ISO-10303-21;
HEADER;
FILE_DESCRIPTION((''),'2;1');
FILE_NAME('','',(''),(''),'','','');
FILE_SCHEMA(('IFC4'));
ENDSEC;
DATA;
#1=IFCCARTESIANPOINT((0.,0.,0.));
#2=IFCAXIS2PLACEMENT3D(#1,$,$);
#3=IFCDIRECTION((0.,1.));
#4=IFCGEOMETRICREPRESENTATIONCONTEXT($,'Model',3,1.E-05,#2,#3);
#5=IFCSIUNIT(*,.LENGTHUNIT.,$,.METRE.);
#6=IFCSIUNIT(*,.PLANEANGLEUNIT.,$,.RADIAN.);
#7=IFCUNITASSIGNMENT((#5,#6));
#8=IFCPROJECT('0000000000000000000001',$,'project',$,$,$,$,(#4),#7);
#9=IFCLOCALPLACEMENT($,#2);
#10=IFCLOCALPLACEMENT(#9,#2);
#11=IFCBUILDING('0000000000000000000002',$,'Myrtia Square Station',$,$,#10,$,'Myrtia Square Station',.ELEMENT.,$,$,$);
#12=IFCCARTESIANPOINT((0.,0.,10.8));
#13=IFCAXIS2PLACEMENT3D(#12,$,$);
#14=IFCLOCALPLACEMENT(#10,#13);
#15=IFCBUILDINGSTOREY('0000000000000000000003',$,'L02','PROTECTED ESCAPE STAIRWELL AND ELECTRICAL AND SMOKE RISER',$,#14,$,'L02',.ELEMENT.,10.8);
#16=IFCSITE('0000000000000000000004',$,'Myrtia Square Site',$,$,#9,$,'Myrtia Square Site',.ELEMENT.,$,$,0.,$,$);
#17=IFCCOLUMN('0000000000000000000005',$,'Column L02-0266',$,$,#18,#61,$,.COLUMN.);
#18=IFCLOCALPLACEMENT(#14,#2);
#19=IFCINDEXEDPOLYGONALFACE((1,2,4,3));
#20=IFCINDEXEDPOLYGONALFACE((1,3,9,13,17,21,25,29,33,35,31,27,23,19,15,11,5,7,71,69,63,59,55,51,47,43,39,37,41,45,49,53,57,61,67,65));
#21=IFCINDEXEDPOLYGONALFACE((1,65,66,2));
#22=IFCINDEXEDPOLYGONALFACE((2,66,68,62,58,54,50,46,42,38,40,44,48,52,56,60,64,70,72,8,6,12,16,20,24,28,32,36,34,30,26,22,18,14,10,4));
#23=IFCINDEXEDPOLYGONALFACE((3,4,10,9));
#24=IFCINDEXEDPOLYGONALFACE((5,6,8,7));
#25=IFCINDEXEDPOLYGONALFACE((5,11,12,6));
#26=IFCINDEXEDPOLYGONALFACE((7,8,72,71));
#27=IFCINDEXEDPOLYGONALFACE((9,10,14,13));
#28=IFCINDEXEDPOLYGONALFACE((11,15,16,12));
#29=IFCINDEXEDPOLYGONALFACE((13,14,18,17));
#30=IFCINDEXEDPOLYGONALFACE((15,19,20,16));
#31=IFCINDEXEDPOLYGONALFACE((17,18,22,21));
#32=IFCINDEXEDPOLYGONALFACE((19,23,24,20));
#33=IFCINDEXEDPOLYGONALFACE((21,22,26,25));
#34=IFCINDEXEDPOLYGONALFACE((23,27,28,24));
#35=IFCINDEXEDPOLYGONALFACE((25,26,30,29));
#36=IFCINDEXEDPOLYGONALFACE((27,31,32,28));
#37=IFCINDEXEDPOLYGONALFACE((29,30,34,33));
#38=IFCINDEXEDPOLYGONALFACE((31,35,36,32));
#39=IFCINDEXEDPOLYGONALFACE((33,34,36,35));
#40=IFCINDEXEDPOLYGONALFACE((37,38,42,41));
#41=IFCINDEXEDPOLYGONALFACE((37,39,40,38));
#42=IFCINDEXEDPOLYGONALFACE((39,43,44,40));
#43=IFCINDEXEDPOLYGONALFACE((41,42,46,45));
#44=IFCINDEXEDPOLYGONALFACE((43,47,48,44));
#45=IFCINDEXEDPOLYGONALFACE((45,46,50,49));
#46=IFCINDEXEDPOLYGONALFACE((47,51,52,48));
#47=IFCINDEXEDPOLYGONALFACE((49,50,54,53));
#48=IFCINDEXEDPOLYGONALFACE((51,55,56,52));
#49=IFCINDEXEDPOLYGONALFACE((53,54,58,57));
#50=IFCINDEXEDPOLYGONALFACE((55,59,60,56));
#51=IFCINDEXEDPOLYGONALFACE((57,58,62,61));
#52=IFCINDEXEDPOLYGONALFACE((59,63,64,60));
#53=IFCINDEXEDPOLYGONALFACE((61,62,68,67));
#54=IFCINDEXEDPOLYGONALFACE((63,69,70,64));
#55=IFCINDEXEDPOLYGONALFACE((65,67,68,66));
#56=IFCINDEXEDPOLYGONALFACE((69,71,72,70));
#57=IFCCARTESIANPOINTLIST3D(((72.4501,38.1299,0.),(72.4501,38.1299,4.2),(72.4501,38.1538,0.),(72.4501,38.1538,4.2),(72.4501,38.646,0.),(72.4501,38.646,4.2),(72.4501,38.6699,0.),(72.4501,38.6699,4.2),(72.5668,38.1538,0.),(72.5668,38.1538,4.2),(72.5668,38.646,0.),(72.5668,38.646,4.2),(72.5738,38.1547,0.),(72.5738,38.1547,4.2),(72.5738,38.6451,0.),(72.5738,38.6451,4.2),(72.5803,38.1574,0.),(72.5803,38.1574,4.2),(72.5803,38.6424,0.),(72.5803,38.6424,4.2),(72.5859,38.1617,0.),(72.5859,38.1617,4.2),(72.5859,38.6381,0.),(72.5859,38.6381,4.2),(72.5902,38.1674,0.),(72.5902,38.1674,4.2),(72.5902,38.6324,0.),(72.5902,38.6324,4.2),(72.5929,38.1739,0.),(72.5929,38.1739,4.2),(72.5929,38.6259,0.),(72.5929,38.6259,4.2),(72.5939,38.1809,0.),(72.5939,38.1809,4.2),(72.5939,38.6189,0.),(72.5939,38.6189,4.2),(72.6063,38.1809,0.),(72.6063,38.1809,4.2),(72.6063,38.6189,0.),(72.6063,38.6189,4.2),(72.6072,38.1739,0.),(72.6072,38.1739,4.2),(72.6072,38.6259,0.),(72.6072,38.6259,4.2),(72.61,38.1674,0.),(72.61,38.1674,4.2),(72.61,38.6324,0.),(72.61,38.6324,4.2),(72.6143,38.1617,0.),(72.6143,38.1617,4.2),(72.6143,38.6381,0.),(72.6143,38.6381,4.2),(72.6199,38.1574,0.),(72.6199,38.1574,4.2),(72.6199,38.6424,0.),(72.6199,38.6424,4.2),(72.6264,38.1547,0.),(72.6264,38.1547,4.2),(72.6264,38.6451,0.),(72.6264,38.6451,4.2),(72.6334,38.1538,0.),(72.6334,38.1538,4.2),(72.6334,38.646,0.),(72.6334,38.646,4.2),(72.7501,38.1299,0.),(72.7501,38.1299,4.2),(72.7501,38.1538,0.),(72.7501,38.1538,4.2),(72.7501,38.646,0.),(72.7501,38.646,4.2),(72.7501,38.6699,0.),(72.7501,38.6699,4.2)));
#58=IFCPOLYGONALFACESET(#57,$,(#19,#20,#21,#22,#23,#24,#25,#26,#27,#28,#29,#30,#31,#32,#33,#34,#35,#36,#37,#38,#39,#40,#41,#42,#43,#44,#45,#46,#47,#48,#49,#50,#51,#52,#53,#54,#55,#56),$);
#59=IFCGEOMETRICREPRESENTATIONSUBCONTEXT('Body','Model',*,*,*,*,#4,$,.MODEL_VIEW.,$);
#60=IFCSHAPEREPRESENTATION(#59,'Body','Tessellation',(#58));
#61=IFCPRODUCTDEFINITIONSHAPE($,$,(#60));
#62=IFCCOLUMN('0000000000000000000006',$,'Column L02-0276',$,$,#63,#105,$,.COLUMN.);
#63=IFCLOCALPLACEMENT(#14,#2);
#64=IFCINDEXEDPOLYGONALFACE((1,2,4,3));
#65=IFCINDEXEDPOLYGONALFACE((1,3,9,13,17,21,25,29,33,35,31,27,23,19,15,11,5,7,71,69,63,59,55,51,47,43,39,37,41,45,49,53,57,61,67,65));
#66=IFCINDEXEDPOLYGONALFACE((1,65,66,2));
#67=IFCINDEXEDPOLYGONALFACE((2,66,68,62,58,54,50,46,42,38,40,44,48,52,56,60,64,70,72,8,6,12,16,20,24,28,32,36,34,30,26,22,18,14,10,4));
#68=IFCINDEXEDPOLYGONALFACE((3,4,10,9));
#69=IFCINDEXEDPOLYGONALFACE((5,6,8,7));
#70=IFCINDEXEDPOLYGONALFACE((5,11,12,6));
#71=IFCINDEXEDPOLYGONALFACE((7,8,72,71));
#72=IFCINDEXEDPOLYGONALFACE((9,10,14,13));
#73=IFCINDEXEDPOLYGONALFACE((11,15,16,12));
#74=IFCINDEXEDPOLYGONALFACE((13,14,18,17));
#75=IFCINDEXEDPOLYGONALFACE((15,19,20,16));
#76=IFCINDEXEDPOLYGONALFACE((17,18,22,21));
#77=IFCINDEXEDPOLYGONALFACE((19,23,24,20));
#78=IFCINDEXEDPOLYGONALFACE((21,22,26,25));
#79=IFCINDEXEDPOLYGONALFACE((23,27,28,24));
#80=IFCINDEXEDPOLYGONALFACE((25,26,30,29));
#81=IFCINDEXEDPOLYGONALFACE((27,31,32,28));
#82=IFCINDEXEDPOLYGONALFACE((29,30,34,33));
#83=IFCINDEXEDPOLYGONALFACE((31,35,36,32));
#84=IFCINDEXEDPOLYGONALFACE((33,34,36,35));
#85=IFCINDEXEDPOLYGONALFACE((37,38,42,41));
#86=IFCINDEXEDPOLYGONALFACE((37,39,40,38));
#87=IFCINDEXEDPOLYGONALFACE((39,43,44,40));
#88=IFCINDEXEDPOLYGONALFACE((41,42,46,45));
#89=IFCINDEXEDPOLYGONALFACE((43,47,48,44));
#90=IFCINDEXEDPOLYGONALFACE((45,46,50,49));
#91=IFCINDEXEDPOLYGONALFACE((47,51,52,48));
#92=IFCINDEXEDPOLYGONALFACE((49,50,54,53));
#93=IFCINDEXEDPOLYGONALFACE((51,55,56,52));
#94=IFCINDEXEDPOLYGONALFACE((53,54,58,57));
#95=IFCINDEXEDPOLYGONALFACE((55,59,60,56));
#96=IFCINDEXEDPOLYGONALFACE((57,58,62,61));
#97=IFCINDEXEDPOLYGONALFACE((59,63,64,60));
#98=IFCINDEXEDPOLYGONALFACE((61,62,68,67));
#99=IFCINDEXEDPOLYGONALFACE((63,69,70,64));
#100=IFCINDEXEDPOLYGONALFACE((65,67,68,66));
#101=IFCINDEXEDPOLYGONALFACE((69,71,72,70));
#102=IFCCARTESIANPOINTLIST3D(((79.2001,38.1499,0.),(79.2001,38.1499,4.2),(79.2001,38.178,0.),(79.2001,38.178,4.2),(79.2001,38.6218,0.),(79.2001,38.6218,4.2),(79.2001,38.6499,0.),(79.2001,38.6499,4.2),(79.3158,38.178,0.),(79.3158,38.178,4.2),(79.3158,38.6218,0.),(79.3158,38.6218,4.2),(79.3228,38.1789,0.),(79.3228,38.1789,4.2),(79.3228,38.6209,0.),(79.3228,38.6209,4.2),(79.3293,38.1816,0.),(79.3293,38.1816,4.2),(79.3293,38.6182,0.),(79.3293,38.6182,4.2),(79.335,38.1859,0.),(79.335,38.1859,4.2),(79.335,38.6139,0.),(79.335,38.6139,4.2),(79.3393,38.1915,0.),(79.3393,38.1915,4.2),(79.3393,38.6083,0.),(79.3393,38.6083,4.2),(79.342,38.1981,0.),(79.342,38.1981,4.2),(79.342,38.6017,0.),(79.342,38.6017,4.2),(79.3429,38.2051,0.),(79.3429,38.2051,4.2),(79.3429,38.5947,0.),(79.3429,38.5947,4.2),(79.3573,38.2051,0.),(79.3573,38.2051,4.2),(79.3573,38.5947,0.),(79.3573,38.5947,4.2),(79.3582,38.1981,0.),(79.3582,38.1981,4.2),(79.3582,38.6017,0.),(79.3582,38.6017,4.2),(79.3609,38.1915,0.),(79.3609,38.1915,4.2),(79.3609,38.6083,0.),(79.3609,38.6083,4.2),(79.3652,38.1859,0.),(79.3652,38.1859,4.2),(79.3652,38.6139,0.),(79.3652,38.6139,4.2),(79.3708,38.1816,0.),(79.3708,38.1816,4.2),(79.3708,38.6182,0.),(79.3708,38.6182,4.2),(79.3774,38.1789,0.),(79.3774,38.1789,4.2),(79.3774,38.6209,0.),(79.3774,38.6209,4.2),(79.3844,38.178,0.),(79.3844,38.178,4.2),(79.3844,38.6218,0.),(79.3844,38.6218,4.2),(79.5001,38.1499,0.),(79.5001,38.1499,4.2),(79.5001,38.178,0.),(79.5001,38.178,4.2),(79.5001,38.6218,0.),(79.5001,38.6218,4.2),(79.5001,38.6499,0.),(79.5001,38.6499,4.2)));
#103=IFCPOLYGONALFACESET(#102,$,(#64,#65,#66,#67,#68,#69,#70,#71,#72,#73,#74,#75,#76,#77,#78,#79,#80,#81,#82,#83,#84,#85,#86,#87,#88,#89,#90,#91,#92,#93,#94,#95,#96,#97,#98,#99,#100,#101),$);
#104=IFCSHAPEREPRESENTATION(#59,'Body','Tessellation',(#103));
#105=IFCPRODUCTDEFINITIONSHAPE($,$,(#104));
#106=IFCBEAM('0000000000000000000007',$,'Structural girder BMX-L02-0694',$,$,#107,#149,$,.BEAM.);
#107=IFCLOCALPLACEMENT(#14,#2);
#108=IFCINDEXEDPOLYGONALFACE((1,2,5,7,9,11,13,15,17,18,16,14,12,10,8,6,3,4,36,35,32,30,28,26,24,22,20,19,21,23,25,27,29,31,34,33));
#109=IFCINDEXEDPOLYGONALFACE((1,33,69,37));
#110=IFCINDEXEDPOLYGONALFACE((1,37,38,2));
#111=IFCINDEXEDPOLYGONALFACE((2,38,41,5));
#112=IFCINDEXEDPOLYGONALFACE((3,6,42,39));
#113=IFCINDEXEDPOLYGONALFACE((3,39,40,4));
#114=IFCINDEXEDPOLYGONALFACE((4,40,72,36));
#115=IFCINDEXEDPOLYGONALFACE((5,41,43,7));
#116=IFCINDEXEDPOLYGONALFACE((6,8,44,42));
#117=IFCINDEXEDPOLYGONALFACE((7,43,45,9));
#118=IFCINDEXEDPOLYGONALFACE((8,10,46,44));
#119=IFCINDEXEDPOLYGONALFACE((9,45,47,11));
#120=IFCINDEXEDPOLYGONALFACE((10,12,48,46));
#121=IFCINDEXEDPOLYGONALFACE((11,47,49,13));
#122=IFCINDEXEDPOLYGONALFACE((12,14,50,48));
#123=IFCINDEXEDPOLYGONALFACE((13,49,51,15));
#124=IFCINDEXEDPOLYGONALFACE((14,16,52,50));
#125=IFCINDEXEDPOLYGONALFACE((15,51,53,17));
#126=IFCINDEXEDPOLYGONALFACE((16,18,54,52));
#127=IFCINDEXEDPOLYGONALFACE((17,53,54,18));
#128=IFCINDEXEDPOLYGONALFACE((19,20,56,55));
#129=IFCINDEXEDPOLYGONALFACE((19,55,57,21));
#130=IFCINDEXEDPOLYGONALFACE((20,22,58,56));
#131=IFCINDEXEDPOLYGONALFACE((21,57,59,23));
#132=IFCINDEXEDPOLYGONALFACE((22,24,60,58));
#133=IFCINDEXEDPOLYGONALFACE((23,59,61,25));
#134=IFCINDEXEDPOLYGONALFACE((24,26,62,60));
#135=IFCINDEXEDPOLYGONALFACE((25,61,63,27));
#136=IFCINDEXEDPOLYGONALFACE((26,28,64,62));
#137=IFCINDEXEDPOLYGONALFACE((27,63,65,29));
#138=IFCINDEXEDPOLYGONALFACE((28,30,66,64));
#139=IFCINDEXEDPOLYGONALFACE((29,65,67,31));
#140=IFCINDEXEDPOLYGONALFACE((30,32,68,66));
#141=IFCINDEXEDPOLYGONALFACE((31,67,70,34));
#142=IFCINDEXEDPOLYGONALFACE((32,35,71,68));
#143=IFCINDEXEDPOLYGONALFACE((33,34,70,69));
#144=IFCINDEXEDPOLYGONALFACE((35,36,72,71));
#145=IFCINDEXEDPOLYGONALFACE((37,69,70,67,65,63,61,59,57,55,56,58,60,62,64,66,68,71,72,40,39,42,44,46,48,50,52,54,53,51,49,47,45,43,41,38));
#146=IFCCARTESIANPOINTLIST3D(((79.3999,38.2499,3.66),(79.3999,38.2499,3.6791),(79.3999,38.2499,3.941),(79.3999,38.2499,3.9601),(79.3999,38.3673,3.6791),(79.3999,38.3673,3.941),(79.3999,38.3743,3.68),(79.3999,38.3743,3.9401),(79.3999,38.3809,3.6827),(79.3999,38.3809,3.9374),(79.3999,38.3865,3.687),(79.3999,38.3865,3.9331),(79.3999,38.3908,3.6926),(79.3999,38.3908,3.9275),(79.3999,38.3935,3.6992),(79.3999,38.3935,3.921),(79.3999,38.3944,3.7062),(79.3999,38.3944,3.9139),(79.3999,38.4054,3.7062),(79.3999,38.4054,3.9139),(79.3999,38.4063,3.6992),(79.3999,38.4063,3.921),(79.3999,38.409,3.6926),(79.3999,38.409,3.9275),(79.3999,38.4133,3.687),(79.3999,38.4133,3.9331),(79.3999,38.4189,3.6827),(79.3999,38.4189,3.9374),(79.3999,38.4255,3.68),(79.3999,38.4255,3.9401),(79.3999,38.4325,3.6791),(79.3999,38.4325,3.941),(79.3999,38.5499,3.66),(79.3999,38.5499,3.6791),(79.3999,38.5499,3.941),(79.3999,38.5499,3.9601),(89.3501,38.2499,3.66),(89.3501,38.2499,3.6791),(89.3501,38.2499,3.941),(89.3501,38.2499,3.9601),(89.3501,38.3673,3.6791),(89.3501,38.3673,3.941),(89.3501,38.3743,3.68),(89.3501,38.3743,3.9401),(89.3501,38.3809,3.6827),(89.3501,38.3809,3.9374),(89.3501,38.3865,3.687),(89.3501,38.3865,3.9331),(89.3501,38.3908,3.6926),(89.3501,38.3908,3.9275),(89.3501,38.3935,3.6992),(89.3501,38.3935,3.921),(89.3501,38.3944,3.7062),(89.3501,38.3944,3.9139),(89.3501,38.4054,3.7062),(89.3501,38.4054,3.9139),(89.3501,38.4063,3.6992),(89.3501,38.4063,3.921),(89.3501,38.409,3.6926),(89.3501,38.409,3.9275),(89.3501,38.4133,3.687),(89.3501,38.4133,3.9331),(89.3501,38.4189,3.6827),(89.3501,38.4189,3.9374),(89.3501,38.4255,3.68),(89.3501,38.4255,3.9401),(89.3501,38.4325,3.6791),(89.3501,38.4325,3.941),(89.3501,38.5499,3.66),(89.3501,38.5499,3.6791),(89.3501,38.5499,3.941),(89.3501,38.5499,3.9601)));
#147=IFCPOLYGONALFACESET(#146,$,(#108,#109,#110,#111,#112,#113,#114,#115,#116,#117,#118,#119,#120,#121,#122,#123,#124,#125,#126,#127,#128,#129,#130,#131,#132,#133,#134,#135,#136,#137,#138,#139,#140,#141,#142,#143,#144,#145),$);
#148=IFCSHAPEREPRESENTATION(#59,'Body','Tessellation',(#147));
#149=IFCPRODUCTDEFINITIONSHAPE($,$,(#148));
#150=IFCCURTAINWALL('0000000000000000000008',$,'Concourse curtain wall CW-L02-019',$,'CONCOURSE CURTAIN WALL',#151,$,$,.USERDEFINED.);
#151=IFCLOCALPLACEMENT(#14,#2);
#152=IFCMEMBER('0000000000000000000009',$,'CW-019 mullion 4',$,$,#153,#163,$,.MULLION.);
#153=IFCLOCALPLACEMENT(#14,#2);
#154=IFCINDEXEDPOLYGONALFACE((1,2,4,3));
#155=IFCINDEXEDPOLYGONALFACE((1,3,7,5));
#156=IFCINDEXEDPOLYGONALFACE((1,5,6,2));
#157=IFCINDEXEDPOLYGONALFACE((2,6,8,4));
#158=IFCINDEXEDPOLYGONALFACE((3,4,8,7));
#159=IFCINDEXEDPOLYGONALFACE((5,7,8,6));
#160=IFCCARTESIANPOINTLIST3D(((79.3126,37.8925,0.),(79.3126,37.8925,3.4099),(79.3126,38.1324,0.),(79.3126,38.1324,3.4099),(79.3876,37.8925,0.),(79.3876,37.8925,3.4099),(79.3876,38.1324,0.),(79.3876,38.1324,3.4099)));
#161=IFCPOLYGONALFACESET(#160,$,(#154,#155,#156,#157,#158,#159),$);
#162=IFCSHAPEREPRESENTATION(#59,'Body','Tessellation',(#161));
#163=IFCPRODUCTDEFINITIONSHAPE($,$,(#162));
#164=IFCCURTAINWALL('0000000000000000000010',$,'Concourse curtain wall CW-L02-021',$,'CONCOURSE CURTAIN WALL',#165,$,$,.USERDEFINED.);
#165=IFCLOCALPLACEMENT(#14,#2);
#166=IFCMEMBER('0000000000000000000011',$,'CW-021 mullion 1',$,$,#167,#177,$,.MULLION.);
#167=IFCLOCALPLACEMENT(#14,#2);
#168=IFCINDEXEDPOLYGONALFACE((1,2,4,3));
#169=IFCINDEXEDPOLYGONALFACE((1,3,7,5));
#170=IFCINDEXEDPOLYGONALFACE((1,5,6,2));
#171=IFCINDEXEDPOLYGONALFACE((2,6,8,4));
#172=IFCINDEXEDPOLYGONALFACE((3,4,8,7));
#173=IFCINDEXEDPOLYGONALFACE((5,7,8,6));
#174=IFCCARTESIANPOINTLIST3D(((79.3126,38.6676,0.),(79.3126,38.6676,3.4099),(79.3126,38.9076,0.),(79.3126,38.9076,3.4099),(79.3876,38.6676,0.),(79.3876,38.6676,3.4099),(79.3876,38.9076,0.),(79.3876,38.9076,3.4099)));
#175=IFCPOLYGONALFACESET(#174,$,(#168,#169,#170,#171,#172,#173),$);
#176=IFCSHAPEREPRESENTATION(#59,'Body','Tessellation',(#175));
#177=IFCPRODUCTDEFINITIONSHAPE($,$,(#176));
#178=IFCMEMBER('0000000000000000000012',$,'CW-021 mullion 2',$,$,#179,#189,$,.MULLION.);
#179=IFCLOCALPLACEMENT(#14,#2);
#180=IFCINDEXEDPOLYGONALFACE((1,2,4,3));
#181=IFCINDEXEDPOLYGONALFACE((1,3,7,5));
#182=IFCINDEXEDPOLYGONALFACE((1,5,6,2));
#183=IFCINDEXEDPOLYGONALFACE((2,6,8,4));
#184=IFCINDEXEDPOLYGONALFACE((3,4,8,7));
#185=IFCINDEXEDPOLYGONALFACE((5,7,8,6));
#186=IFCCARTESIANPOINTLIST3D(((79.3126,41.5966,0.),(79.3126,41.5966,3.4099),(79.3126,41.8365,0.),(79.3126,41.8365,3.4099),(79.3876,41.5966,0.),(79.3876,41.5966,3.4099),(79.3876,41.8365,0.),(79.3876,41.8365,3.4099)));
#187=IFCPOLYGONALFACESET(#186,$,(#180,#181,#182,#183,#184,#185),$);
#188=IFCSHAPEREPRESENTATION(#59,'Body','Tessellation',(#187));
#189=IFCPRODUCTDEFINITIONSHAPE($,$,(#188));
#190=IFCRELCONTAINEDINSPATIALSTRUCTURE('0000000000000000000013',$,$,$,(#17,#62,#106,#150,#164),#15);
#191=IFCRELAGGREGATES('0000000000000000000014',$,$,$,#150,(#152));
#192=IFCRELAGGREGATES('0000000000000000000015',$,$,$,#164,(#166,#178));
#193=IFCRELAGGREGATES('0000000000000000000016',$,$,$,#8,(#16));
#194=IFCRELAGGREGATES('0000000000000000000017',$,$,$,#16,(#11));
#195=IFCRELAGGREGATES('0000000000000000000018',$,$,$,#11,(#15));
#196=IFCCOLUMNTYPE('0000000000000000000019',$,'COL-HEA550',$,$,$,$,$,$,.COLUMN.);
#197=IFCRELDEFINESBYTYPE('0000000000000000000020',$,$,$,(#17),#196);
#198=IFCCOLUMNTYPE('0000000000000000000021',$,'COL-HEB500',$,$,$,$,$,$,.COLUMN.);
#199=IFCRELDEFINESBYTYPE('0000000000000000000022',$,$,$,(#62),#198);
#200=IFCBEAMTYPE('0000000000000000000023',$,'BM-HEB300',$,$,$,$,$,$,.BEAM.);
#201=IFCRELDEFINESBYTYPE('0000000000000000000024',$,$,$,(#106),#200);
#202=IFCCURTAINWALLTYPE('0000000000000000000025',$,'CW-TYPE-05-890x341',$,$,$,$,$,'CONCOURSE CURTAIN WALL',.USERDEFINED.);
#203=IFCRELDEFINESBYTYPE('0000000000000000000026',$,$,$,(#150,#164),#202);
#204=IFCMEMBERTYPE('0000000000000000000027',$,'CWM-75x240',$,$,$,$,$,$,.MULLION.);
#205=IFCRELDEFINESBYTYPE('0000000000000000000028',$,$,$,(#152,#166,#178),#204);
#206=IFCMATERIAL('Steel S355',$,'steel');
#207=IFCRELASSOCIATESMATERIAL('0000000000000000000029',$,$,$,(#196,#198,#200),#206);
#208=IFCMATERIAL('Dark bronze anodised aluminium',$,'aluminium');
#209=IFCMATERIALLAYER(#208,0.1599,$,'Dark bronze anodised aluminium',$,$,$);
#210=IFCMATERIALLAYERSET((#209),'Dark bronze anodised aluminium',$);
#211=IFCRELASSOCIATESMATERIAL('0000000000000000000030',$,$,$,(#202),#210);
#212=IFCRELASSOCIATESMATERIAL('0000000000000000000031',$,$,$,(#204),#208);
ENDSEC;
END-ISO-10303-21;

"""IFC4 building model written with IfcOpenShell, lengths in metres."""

from ifc_helpers import new_model, si_unit, direction, frame, origin, origin_2d, place, context, subcontext, project, spatial, rectangle, i_section, extrude, material, layer, layer_set, material_profile, profile_set, type_object, element, aggregate, save


model = new_model("IFC4")

# Units and contexts
model_context = context("Model", 3, precision=1e-05, world=origin(), true_north=direction((0.0, 1.0)))
body_context = subcontext(model_context, "Body", "Model", "MODEL_VIEW")
ifc_project = project(units=[si_unit("LENGTHUNIT", "METRE"), si_unit("PLANEANGLEUNIT", "RADIAN")], contexts=[model_context])

# Site, building, storey
site_placement = place(None, origin())
site = spatial("IfcSite", under=ifc_project, at=site_placement, Name="Myrtia Square Site", LongName="Myrtia Square Site", CompositionType="ELEMENT", RefElevation=0.0)
building_placement = place(site_placement, origin())
building = spatial("IfcBuilding", under=site, at=building_placement, Name="Myrtia Square Station", LongName="Myrtia Square Station", CompositionType="ELEMENT")
storey_placement = place(building_placement, frame((0.0, 0.0, 10.8)))
storey = spatial("IfcBuildingStorey", under=building, at=storey_placement, Name="L02", Description="PROTECTED ESCAPE STAIRWELL AND ELECTRICAL AND SMOKE RISER", LongName="L02", CompositionType="ELEMENT", Elevation=10.8)

# Columns
ifc_material_1 = material(Name="Steel S355", Category="steel")
ifc_material_profile_1 = material_profile(ifc_material_1, i_section(OverallWidth=0.3, OverallDepth=0.54, WebThickness=0.0125, FlangeThickness=0.0239, FilletRadius=0.0271, at=origin_2d()), Name="HEA 550")
ifc_profile_set_1 = profile_set([ifc_material_profile_1], Name="Steel S355")
column_type_1 = type_object("IfcColumnType", Name="COL-HEA550", PredefinedType="COLUMN", material=ifc_profile_set_1)
column_1_placement = place(storey_placement, frame((72.6001, 38.3999, 0.0), z_axis=(0.0, 0.0, 1.0), x_axis=(1.0, 0.0, 0.0)))
element("IfcColumn", 1, at=column_1_placement, inside=storey, type_object=column_type_1, Name="Column L02-0266", PredefinedType="COLUMN", context=body_context, shape_type="SweptSolid", body=[
    extrude(i_section(OverallWidth=0.3, OverallDepth=0.54, WebThickness=0.0125, FlangeThickness=0.0239, FilletRadius=0.0271, at=origin_2d()), origin(), (0.0, 0.0, 1.0), 4.2),
])
ifc_material_profile_2 = material_profile(ifc_material_1, i_section(OverallWidth=0.3, OverallDepth=0.5, WebThickness=0.0144, FlangeThickness=0.0281, FilletRadius=0.0271, at=origin_2d()), Name="HEB 500")
ifc_profile_set_2 = profile_set([ifc_material_profile_2], Name="Steel S355")
column_type_2 = type_object("IfcColumnType", Name="COL-HEB500", PredefinedType="COLUMN", material=ifc_profile_set_2)
column_2_placement = place(storey_placement, frame((79.3501, 38.3999, 0.0), z_axis=(0.0, 0.0, 1.0), x_axis=(1.0, 0.0, 0.0)))
element("IfcColumn", 2, at=column_2_placement, inside=storey, type_object=column_type_2, Name="Column L02-0276", PredefinedType="COLUMN", context=body_context, shape_type="SweptSolid", body=[
    extrude(i_section(OverallWidth=0.3, OverallDepth=0.5, WebThickness=0.0144, FlangeThickness=0.0281, FilletRadius=0.0271, at=origin_2d()), origin(), (0.0, 0.0, 1.0), 4.2),
])

# Beam
ifc_material_profile_3 = material_profile(ifc_material_1, i_section(OverallWidth=0.3, OverallDepth=0.3, WebThickness=0.011, FlangeThickness=0.019, FilletRadius=0.0271, at=origin_2d()), Name="HEB 300")
ifc_profile_set_3 = profile_set([ifc_material_profile_3], Name="Steel S355")
beam_type = type_object("IfcBeamType", Name="BM-HEB300", PredefinedType="BEAM", material=ifc_profile_set_3)
beam_placement = place(storey_placement, frame((79.3999, 38.3999, 3.8101), z_axis=(1.0, 0.0, 0.0), x_axis=(0.0, 1.0, 0.0)))
element("IfcBeam", 3, at=beam_placement, inside=storey, type_object=beam_type, Name="Structural girder BMX-L02-0694", PredefinedType="BEAM", context=body_context, shape_type="SweptSolid", body=[
    extrude(i_section(OverallWidth=0.3, OverallDepth=0.3, WebThickness=0.011, FlangeThickness=0.019, FilletRadius=0.0271, at=origin_2d()), origin(), (0.0, 0.0, 1.0), 9.9502),
])

# Curtain wall, member
ifc_material_2 = material(Name="Dark bronze anodised aluminium", Category="aluminium")
ifc_layer_1 = layer(ifc_material_2, 0.1599, Name="Dark bronze anodised aluminium")
ifc_layer_set_1 = layer_set([ifc_layer_1], Name="Dark bronze anodised aluminium")
curtain_wall_type = type_object("IfcCurtainWallType", Name="CW-TYPE-05-890x341", ElementType="CONCOURSE CURTAIN WALL", PredefinedType="USERDEFINED", material=ifc_layer_set_1)
curtain_wall_1_placement = place(storey_placement, origin())
curtain_wall_1 = element("IfcCurtainWall", 4, at=curtain_wall_1_placement, inside=storey, type_object=curtain_wall_type, Name="Concourse curtain wall CW-L02-019", ObjectType="CONCOURSE CURTAIN WALL", PredefinedType="USERDEFINED")
ifc_material_profile_4 = material_profile(ifc_material_2, rectangle(XDim=0.075, YDim=0.24, at=origin_2d()), Name="ALU-M 75x240")
ifc_profile_set_4 = profile_set([ifc_material_profile_4], Name="Dark bronze anodised aluminium")
member_type_1 = type_object("IfcMemberType", Name="CWM-75x240", PredefinedType="MULLION", material=ifc_profile_set_4)
member_1_placement = place(storey_placement, frame((79.3501, 38.0125, 0.0), z_axis=(0.0, 0.0, 1.0), x_axis=(-1.0, 0.0, 0.0)))
member_1 = element("IfcMember", 5, at=member_1_placement, type_object=member_type_1, Name="CW-019 mullion 4", PredefinedType="MULLION", context=body_context, shape_type="SweptSolid", body=[
    extrude(rectangle(XDim=0.075, YDim=0.24, at=origin_2d()), origin(), (0.0, 0.0, 1.0), 3.4099),
])
aggregate(curtain_wall_1, [member_1])

# Curtain wall, members
curtain_wall_2_placement = place(storey_placement, origin())
curtain_wall_2 = element("IfcCurtainWall", 6, at=curtain_wall_2_placement, inside=storey, type_object=curtain_wall_type, Name="Concourse curtain wall CW-L02-021", ObjectType="CONCOURSE CURTAIN WALL", PredefinedType="USERDEFINED")
member_2_placement = place(storey_placement, frame((79.3501, 38.7876, 0.0), z_axis=(0.0, 0.0, 1.0), x_axis=(-1.0, 0.0, 0.0)))
member_2 = element("IfcMember", 7, at=member_2_placement, type_object=member_type_1, Name="CW-021 mullion 1", PredefinedType="MULLION", context=body_context, shape_type="SweptSolid", body=[
    extrude(rectangle(XDim=0.075, YDim=0.24, at=origin_2d()), origin(), (0.0, 0.0, 1.0), 3.4099),
])
member_3_placement = place(storey_placement, frame((79.3501, 41.7166, 0.0), z_axis=(0.0, 0.0, 1.0), x_axis=(-1.0, 0.0, 0.0)))
member_3 = element("IfcMember", 8, at=member_3_placement, type_object=member_type_1, Name="CW-021 mullion 2", PredefinedType="MULLION", context=body_context, shape_type="SweptSolid", body=[
    extrude(rectangle(XDim=0.075, YDim=0.24, at=origin_2d()), origin(), (0.0, 0.0, 1.0), 3.4099),
])

aggregate(curtain_wall_2, [member_2, member_3])

save(model, "model.ifc")
